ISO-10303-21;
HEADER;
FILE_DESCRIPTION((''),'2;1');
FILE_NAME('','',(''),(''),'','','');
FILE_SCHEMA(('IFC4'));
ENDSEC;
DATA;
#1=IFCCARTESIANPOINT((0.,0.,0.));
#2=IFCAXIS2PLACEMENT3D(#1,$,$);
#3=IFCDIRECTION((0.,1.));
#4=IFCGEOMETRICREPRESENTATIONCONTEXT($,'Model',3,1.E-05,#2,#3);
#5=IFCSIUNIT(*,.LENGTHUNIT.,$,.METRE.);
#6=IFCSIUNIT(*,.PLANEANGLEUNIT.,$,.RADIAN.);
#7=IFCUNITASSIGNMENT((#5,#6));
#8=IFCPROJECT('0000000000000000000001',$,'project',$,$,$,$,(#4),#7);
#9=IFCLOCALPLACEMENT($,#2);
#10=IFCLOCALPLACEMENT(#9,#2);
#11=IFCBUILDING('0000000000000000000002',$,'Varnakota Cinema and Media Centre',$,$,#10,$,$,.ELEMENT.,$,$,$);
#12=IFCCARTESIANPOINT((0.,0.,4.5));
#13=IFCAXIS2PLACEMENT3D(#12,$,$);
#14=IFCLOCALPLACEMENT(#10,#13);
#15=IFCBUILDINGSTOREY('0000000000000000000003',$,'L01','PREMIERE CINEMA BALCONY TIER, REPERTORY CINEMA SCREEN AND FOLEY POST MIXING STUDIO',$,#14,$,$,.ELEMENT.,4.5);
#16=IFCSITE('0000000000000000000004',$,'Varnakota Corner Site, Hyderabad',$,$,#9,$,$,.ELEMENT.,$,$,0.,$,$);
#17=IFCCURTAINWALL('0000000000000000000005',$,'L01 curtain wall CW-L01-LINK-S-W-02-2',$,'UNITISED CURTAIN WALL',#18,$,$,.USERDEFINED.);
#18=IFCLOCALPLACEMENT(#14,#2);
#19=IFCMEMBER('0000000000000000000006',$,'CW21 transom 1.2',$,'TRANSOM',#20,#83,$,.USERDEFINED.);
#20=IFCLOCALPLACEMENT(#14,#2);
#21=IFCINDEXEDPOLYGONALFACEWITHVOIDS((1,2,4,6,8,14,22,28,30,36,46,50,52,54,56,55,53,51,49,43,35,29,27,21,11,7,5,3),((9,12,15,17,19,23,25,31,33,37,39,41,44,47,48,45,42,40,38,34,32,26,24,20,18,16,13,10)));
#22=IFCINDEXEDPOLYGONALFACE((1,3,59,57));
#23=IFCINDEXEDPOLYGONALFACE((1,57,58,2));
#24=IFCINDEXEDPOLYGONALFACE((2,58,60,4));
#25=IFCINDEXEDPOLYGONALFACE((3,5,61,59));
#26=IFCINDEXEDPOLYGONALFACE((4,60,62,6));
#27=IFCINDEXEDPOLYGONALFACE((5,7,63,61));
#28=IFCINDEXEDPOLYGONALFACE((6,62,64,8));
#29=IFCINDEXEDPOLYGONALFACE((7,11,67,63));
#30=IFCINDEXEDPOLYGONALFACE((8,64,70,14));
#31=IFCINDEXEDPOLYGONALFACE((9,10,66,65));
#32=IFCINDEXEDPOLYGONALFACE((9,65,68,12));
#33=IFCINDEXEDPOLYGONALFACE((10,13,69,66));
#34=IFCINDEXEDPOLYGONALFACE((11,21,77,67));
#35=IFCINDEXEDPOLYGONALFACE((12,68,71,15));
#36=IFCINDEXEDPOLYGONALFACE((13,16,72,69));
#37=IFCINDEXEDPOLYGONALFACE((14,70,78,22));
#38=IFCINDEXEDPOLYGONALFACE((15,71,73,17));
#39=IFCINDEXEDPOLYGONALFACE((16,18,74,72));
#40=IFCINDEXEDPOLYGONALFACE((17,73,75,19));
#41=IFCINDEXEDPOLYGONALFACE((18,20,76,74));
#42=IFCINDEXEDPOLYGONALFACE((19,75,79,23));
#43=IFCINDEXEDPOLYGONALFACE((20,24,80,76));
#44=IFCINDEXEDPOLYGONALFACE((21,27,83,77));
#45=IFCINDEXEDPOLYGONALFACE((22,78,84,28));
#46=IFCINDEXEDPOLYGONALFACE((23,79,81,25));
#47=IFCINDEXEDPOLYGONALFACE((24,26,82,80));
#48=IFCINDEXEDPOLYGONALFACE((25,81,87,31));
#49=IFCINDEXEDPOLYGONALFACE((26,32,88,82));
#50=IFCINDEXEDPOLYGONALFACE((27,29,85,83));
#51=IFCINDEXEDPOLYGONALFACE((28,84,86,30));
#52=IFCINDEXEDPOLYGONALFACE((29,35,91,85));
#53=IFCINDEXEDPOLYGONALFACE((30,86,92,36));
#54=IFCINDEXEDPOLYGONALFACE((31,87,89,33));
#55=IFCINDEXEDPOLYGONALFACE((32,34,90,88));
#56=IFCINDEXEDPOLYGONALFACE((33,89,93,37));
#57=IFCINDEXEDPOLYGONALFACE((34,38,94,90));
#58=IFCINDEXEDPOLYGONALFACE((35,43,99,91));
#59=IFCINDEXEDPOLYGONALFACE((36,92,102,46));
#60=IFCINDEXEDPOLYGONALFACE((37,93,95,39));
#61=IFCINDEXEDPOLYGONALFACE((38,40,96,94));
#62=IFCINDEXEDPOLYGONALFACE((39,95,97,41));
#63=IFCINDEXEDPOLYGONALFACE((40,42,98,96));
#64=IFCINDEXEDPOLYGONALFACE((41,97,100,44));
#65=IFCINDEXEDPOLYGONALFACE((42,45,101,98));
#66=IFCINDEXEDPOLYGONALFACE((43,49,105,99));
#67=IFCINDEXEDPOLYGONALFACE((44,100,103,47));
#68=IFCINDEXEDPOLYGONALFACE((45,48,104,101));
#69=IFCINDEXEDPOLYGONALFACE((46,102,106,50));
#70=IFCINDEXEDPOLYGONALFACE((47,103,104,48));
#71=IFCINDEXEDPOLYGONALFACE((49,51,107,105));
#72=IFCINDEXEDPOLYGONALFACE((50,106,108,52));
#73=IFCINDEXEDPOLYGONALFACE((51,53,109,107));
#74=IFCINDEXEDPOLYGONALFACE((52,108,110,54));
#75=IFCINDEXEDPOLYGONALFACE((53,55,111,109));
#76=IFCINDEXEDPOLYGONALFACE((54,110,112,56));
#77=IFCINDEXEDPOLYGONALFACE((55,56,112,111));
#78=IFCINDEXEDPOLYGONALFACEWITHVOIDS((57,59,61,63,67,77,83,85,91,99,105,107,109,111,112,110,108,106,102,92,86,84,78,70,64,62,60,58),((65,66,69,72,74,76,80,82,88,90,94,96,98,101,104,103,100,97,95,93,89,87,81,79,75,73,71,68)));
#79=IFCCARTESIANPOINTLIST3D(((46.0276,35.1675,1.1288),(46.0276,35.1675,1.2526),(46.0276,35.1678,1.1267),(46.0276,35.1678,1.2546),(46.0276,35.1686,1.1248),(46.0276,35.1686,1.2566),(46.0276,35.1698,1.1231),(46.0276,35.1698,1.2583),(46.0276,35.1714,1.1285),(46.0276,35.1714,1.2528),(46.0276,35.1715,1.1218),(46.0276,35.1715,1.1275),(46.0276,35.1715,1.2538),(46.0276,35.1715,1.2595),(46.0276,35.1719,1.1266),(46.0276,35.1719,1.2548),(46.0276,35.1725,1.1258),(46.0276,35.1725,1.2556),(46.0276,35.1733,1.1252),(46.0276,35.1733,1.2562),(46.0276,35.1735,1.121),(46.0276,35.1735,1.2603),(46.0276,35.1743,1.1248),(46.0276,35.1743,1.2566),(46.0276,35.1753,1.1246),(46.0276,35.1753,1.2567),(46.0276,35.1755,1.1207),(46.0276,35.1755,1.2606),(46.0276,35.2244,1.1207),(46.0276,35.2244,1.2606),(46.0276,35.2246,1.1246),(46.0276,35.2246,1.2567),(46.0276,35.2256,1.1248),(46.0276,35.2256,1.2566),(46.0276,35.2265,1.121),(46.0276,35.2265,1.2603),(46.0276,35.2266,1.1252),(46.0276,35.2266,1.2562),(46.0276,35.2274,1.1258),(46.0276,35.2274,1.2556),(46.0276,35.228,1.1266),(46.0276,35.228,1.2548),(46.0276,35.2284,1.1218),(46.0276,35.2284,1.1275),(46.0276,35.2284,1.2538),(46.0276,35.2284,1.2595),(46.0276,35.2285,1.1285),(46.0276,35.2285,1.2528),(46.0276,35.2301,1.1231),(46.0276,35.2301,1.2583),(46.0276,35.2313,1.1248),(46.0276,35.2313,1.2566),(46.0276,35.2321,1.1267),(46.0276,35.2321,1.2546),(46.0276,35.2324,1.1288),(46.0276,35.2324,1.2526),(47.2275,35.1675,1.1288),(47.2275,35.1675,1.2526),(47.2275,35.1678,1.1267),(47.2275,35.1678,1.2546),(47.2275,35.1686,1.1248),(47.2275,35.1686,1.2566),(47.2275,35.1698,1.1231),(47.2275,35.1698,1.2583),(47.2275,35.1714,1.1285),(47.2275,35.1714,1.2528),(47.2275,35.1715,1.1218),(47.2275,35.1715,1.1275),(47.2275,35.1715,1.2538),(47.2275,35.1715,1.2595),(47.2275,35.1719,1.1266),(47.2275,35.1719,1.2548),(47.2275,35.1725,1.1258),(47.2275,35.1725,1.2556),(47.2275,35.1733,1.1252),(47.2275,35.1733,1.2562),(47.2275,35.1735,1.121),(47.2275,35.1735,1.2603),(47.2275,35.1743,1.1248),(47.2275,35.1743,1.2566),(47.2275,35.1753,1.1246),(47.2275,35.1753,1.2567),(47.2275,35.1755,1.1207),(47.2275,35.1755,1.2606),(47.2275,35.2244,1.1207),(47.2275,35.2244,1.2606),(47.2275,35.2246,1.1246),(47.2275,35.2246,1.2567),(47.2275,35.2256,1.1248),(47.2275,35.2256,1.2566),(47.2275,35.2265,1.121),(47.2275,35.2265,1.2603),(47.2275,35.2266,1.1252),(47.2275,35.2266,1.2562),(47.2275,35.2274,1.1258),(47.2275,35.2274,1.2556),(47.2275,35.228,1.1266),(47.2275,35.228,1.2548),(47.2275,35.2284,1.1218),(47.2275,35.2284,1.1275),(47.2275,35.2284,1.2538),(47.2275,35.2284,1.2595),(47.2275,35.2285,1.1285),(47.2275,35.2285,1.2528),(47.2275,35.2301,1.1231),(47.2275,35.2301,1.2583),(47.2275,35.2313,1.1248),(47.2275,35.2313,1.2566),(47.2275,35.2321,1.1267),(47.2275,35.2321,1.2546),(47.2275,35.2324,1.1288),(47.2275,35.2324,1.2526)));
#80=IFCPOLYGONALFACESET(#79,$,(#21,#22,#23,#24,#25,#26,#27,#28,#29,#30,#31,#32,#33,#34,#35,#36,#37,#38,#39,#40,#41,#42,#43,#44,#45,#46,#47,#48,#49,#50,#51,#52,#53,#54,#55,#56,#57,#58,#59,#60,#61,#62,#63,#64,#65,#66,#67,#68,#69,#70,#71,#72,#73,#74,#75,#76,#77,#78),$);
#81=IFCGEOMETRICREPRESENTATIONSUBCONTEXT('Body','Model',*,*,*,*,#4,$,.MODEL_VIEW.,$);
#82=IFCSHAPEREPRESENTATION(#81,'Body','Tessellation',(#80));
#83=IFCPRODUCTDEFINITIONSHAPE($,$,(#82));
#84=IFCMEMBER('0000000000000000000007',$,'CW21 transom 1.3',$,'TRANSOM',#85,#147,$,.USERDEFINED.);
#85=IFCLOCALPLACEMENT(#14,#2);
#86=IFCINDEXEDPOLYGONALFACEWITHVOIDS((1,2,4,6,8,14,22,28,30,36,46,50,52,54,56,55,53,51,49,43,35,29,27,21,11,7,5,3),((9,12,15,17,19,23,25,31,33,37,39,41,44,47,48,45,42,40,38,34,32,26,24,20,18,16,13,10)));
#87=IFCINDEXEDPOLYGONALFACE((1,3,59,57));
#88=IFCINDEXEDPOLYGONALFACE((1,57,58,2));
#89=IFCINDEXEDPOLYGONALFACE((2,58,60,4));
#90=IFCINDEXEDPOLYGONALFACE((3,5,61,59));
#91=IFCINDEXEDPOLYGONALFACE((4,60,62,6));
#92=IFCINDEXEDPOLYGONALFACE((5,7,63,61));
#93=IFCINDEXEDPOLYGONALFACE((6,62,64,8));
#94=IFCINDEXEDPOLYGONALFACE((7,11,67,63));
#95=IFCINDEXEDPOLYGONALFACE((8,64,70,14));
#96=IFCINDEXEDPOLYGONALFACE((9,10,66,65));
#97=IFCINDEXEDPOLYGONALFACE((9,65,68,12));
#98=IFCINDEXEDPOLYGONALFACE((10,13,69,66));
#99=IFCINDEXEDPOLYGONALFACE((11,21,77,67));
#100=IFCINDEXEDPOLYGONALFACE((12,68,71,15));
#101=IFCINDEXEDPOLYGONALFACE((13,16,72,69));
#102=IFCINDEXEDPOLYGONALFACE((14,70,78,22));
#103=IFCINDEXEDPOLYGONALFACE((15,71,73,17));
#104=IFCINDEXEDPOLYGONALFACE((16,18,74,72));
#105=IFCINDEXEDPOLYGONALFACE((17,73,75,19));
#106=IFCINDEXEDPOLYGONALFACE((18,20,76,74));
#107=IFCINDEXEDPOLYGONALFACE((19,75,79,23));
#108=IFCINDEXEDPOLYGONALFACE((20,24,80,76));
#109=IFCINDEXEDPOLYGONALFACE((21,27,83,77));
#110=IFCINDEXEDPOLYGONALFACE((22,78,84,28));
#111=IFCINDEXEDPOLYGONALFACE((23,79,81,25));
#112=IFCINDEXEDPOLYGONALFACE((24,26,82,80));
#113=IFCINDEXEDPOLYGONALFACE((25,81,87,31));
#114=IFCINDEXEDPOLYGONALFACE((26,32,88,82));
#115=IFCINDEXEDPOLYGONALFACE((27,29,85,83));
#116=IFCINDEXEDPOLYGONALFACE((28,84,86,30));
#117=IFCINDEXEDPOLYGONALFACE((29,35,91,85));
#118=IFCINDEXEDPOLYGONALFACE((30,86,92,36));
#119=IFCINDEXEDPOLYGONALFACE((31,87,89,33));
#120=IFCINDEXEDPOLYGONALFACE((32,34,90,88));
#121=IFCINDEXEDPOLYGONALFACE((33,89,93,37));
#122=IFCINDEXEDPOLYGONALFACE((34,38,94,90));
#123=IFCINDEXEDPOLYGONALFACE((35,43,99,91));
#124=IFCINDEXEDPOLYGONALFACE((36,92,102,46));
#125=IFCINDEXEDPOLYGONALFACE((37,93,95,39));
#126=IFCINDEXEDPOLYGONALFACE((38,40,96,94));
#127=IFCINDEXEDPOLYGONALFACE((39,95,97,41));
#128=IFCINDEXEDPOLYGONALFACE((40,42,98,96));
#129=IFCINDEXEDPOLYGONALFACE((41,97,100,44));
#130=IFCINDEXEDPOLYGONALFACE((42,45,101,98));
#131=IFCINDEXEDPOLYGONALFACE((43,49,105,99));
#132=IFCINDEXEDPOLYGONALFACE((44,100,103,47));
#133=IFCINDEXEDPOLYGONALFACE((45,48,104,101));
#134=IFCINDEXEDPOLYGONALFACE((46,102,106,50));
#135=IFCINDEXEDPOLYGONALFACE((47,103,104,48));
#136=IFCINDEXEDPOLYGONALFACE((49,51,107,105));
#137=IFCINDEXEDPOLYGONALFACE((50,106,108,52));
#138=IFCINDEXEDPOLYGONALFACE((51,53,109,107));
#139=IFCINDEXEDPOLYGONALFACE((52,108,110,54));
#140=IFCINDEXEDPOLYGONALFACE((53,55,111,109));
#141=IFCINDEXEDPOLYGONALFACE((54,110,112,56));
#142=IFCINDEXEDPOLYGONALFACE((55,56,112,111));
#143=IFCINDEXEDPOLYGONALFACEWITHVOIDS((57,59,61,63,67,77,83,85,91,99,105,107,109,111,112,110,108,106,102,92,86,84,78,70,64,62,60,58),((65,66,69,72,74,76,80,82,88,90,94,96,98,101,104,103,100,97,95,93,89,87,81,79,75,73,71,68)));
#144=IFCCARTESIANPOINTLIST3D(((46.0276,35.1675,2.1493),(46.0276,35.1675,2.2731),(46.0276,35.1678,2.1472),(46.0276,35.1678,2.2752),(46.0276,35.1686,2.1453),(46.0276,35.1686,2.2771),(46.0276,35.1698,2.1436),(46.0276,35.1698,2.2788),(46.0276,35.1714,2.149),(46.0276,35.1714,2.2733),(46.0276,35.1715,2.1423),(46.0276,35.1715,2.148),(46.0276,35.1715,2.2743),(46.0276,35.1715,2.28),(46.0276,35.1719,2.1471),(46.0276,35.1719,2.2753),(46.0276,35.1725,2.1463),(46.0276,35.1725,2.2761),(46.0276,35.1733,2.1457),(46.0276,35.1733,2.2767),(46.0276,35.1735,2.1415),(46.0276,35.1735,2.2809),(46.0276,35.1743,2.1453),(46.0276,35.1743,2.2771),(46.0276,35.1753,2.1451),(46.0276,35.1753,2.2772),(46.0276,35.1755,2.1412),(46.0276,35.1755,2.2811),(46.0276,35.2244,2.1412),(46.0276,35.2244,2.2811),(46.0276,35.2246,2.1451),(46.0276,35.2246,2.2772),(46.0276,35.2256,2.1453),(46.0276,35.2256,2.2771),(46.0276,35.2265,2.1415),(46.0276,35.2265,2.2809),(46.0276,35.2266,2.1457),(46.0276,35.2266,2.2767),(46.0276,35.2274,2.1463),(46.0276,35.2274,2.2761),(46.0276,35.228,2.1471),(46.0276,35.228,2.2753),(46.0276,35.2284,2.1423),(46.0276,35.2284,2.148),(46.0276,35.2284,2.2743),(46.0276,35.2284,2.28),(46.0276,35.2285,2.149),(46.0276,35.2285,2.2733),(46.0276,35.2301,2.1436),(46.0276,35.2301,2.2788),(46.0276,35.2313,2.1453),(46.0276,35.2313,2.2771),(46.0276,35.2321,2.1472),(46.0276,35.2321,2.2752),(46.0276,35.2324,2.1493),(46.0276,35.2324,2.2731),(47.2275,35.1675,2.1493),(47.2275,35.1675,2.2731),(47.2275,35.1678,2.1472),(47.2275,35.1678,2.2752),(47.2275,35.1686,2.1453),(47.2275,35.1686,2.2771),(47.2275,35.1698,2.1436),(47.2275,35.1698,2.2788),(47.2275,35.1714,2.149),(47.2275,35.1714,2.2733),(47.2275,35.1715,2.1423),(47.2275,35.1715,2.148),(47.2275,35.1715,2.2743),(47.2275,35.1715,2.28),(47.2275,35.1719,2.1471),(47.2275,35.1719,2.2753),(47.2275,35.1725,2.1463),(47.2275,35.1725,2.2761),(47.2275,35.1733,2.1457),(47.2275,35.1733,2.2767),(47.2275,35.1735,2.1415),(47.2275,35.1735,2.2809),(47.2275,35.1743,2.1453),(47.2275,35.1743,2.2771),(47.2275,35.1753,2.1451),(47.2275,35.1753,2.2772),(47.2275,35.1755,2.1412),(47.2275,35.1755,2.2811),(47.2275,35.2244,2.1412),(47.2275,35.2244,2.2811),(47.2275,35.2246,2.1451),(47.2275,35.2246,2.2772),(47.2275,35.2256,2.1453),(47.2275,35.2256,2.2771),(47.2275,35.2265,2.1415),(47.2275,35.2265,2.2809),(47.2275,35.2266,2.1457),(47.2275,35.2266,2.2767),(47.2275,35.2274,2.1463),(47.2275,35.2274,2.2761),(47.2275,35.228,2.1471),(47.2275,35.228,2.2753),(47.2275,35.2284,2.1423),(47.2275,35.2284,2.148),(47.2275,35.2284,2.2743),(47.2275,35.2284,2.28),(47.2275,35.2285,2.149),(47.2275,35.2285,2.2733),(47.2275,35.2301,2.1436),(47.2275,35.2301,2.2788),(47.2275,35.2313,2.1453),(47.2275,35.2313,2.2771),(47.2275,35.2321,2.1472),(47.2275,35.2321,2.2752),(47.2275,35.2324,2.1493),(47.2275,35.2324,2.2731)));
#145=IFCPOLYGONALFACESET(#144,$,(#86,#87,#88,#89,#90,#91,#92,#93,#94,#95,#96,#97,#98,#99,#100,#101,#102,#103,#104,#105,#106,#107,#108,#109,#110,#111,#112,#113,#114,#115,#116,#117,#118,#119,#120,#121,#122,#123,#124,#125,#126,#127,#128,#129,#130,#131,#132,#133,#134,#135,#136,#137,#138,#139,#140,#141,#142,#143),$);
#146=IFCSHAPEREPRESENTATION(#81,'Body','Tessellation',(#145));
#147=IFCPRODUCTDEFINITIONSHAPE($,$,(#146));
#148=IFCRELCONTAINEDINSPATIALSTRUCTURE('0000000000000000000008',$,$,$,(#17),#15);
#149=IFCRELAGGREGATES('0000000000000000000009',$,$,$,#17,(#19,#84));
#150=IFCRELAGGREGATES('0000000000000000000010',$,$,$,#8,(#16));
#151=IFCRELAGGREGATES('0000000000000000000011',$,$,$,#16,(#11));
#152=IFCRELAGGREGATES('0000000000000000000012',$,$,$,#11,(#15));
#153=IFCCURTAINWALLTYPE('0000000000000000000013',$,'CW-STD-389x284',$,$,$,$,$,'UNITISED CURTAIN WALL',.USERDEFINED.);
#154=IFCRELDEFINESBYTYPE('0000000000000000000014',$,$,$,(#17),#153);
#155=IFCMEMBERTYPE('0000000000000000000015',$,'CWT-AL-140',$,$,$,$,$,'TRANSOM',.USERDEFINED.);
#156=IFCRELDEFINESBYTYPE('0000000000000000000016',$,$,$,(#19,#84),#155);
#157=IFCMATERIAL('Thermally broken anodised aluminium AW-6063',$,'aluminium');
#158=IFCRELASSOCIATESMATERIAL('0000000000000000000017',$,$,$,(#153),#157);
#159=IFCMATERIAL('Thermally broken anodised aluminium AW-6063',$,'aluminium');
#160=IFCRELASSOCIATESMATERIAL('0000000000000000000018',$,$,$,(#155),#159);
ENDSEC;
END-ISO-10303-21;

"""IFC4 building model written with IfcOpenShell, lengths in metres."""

from ifc_helpers import new_model, si_unit, direction, frame, origin, origin_2d, place, context, subcontext, project, spatial, hollow_rectangle, extrude, material, material_profile, profile_set, type_object, element, aggregate, save


model = new_model("IFC4")

# Units and contexts
model_context = context("Model", 3, precision=1e-05, world=origin(), true_north=direction((0.0, 1.0)))
body_context = subcontext(model_context, "Body", "Model", "MODEL_VIEW")
ifc_project = project(units=[si_unit("LENGTHUNIT", "METRE"), si_unit("PLANEANGLEUNIT", "RADIAN")], contexts=[model_context])

# Site, building, storey
site_placement = place(None, origin())
site = spatial("IfcSite", under=ifc_project, at=site_placement, Name="Varnakota Corner Site, Hyderabad", CompositionType="ELEMENT", RefElevation=0.0)
building_placement = place(site_placement, origin())
building = spatial("IfcBuilding", under=site, at=building_placement, Name="Varnakota Cinema and Media Centre", CompositionType="ELEMENT")
storey_placement = place(building_placement, frame((0.0, 0.0, 4.5)))
storey = spatial("IfcBuildingStorey", under=building, at=storey_placement, Name="L01", Description="PREMIERE CINEMA BALCONY TIER, REPERTORY CINEMA SCREEN AND FOLEY POST MIXING STUDIO", CompositionType="ELEMENT", Elevation=4.5)

# Curtain wall
ifc_material_1 = material(Name="Thermally broken anodised aluminium AW-6063", Category="aluminium")
curtain_wall_type = type_object("IfcCurtainWallType", Name="CW-STD-389x284", ElementType="UNITISED CURTAIN WALL", PredefinedType="USERDEFINED", material=ifc_material_1)
curtain_wall_1_placement = place(storey_placement, origin())
curtain_wall_1 = element("IfcCurtainWall", 1, at=curtain_wall_1_placement, inside=storey, type_object=curtain_wall_type, Name="L01 curtain wall CW-L01-LINK-S-W-02-2", ObjectType="UNITISED CURTAIN WALL", PredefinedType="USERDEFINED")

# Members
ifc_material_2 = material(Name="Thermally broken anodised aluminium AW-6063", Category="aluminium")
ifc_material_profile_1 = material_profile(ifc_material_2, hollow_rectangle(XDim=0.0649, YDim=0.1399, WallThickness=0.0039, InnerFilletRadius=0.0039, OuterFilletRadius=0.0081, at=origin_2d()), Name="AL-TRANSOM 140x65x4")
ifc_profile_set_1 = profile_set([ifc_material_profile_1], Name="Thermally broken anodised aluminium AW-6063")
member_type_1 = type_object("IfcMemberType", Name="CWT-AL-140", ElementType="TRANSOM", PredefinedType="USERDEFINED", material=ifc_profile_set_1)
member_1_placement = place(storey_placement, frame((47.2275, 35.2, 1.1907), z_axis=(-1.0, 0.0, 0.0), x_axis=(0.0, -1.0, 0.0)))
member_1 = element("IfcMember", 2, at=member_1_placement, type_object=member_type_1, Name="CW21 transom 1.2", ObjectType="TRANSOM", PredefinedType="USERDEFINED", context=body_context, shape_type="SweptSolid", body=[
    extrude(hollow_rectangle(XDim=0.0649, YDim=0.1399, WallThickness=0.0039, InnerFilletRadius=0.0039, OuterFilletRadius=0.0081, at=origin_2d()), origin(), (0.0, 0.0, 1.0), 1.2),
])
member_2_placement = place(storey_placement, frame((47.2275, 35.2, 2.2112), z_axis=(-1.0, 0.0, 0.0), x_axis=(0.0, -1.0, 0.0)))
member_2 = element("IfcMember", 3, at=member_2_placement, type_object=member_type_1, Name="CW21 transom 1.3", ObjectType="TRANSOM", PredefinedType="USERDEFINED", context=body_context, shape_type="SweptSolid", body=[
    extrude(hollow_rectangle(XDim=0.0649, YDim=0.1399, WallThickness=0.0039, InnerFilletRadius=0.0039, OuterFilletRadius=0.0081, at=origin_2d()), origin(), (0.0, 0.0, 1.0), 1.2),
])

aggregate(curtain_wall_1, [member_1, member_2])

save(model, "model.ifc")
